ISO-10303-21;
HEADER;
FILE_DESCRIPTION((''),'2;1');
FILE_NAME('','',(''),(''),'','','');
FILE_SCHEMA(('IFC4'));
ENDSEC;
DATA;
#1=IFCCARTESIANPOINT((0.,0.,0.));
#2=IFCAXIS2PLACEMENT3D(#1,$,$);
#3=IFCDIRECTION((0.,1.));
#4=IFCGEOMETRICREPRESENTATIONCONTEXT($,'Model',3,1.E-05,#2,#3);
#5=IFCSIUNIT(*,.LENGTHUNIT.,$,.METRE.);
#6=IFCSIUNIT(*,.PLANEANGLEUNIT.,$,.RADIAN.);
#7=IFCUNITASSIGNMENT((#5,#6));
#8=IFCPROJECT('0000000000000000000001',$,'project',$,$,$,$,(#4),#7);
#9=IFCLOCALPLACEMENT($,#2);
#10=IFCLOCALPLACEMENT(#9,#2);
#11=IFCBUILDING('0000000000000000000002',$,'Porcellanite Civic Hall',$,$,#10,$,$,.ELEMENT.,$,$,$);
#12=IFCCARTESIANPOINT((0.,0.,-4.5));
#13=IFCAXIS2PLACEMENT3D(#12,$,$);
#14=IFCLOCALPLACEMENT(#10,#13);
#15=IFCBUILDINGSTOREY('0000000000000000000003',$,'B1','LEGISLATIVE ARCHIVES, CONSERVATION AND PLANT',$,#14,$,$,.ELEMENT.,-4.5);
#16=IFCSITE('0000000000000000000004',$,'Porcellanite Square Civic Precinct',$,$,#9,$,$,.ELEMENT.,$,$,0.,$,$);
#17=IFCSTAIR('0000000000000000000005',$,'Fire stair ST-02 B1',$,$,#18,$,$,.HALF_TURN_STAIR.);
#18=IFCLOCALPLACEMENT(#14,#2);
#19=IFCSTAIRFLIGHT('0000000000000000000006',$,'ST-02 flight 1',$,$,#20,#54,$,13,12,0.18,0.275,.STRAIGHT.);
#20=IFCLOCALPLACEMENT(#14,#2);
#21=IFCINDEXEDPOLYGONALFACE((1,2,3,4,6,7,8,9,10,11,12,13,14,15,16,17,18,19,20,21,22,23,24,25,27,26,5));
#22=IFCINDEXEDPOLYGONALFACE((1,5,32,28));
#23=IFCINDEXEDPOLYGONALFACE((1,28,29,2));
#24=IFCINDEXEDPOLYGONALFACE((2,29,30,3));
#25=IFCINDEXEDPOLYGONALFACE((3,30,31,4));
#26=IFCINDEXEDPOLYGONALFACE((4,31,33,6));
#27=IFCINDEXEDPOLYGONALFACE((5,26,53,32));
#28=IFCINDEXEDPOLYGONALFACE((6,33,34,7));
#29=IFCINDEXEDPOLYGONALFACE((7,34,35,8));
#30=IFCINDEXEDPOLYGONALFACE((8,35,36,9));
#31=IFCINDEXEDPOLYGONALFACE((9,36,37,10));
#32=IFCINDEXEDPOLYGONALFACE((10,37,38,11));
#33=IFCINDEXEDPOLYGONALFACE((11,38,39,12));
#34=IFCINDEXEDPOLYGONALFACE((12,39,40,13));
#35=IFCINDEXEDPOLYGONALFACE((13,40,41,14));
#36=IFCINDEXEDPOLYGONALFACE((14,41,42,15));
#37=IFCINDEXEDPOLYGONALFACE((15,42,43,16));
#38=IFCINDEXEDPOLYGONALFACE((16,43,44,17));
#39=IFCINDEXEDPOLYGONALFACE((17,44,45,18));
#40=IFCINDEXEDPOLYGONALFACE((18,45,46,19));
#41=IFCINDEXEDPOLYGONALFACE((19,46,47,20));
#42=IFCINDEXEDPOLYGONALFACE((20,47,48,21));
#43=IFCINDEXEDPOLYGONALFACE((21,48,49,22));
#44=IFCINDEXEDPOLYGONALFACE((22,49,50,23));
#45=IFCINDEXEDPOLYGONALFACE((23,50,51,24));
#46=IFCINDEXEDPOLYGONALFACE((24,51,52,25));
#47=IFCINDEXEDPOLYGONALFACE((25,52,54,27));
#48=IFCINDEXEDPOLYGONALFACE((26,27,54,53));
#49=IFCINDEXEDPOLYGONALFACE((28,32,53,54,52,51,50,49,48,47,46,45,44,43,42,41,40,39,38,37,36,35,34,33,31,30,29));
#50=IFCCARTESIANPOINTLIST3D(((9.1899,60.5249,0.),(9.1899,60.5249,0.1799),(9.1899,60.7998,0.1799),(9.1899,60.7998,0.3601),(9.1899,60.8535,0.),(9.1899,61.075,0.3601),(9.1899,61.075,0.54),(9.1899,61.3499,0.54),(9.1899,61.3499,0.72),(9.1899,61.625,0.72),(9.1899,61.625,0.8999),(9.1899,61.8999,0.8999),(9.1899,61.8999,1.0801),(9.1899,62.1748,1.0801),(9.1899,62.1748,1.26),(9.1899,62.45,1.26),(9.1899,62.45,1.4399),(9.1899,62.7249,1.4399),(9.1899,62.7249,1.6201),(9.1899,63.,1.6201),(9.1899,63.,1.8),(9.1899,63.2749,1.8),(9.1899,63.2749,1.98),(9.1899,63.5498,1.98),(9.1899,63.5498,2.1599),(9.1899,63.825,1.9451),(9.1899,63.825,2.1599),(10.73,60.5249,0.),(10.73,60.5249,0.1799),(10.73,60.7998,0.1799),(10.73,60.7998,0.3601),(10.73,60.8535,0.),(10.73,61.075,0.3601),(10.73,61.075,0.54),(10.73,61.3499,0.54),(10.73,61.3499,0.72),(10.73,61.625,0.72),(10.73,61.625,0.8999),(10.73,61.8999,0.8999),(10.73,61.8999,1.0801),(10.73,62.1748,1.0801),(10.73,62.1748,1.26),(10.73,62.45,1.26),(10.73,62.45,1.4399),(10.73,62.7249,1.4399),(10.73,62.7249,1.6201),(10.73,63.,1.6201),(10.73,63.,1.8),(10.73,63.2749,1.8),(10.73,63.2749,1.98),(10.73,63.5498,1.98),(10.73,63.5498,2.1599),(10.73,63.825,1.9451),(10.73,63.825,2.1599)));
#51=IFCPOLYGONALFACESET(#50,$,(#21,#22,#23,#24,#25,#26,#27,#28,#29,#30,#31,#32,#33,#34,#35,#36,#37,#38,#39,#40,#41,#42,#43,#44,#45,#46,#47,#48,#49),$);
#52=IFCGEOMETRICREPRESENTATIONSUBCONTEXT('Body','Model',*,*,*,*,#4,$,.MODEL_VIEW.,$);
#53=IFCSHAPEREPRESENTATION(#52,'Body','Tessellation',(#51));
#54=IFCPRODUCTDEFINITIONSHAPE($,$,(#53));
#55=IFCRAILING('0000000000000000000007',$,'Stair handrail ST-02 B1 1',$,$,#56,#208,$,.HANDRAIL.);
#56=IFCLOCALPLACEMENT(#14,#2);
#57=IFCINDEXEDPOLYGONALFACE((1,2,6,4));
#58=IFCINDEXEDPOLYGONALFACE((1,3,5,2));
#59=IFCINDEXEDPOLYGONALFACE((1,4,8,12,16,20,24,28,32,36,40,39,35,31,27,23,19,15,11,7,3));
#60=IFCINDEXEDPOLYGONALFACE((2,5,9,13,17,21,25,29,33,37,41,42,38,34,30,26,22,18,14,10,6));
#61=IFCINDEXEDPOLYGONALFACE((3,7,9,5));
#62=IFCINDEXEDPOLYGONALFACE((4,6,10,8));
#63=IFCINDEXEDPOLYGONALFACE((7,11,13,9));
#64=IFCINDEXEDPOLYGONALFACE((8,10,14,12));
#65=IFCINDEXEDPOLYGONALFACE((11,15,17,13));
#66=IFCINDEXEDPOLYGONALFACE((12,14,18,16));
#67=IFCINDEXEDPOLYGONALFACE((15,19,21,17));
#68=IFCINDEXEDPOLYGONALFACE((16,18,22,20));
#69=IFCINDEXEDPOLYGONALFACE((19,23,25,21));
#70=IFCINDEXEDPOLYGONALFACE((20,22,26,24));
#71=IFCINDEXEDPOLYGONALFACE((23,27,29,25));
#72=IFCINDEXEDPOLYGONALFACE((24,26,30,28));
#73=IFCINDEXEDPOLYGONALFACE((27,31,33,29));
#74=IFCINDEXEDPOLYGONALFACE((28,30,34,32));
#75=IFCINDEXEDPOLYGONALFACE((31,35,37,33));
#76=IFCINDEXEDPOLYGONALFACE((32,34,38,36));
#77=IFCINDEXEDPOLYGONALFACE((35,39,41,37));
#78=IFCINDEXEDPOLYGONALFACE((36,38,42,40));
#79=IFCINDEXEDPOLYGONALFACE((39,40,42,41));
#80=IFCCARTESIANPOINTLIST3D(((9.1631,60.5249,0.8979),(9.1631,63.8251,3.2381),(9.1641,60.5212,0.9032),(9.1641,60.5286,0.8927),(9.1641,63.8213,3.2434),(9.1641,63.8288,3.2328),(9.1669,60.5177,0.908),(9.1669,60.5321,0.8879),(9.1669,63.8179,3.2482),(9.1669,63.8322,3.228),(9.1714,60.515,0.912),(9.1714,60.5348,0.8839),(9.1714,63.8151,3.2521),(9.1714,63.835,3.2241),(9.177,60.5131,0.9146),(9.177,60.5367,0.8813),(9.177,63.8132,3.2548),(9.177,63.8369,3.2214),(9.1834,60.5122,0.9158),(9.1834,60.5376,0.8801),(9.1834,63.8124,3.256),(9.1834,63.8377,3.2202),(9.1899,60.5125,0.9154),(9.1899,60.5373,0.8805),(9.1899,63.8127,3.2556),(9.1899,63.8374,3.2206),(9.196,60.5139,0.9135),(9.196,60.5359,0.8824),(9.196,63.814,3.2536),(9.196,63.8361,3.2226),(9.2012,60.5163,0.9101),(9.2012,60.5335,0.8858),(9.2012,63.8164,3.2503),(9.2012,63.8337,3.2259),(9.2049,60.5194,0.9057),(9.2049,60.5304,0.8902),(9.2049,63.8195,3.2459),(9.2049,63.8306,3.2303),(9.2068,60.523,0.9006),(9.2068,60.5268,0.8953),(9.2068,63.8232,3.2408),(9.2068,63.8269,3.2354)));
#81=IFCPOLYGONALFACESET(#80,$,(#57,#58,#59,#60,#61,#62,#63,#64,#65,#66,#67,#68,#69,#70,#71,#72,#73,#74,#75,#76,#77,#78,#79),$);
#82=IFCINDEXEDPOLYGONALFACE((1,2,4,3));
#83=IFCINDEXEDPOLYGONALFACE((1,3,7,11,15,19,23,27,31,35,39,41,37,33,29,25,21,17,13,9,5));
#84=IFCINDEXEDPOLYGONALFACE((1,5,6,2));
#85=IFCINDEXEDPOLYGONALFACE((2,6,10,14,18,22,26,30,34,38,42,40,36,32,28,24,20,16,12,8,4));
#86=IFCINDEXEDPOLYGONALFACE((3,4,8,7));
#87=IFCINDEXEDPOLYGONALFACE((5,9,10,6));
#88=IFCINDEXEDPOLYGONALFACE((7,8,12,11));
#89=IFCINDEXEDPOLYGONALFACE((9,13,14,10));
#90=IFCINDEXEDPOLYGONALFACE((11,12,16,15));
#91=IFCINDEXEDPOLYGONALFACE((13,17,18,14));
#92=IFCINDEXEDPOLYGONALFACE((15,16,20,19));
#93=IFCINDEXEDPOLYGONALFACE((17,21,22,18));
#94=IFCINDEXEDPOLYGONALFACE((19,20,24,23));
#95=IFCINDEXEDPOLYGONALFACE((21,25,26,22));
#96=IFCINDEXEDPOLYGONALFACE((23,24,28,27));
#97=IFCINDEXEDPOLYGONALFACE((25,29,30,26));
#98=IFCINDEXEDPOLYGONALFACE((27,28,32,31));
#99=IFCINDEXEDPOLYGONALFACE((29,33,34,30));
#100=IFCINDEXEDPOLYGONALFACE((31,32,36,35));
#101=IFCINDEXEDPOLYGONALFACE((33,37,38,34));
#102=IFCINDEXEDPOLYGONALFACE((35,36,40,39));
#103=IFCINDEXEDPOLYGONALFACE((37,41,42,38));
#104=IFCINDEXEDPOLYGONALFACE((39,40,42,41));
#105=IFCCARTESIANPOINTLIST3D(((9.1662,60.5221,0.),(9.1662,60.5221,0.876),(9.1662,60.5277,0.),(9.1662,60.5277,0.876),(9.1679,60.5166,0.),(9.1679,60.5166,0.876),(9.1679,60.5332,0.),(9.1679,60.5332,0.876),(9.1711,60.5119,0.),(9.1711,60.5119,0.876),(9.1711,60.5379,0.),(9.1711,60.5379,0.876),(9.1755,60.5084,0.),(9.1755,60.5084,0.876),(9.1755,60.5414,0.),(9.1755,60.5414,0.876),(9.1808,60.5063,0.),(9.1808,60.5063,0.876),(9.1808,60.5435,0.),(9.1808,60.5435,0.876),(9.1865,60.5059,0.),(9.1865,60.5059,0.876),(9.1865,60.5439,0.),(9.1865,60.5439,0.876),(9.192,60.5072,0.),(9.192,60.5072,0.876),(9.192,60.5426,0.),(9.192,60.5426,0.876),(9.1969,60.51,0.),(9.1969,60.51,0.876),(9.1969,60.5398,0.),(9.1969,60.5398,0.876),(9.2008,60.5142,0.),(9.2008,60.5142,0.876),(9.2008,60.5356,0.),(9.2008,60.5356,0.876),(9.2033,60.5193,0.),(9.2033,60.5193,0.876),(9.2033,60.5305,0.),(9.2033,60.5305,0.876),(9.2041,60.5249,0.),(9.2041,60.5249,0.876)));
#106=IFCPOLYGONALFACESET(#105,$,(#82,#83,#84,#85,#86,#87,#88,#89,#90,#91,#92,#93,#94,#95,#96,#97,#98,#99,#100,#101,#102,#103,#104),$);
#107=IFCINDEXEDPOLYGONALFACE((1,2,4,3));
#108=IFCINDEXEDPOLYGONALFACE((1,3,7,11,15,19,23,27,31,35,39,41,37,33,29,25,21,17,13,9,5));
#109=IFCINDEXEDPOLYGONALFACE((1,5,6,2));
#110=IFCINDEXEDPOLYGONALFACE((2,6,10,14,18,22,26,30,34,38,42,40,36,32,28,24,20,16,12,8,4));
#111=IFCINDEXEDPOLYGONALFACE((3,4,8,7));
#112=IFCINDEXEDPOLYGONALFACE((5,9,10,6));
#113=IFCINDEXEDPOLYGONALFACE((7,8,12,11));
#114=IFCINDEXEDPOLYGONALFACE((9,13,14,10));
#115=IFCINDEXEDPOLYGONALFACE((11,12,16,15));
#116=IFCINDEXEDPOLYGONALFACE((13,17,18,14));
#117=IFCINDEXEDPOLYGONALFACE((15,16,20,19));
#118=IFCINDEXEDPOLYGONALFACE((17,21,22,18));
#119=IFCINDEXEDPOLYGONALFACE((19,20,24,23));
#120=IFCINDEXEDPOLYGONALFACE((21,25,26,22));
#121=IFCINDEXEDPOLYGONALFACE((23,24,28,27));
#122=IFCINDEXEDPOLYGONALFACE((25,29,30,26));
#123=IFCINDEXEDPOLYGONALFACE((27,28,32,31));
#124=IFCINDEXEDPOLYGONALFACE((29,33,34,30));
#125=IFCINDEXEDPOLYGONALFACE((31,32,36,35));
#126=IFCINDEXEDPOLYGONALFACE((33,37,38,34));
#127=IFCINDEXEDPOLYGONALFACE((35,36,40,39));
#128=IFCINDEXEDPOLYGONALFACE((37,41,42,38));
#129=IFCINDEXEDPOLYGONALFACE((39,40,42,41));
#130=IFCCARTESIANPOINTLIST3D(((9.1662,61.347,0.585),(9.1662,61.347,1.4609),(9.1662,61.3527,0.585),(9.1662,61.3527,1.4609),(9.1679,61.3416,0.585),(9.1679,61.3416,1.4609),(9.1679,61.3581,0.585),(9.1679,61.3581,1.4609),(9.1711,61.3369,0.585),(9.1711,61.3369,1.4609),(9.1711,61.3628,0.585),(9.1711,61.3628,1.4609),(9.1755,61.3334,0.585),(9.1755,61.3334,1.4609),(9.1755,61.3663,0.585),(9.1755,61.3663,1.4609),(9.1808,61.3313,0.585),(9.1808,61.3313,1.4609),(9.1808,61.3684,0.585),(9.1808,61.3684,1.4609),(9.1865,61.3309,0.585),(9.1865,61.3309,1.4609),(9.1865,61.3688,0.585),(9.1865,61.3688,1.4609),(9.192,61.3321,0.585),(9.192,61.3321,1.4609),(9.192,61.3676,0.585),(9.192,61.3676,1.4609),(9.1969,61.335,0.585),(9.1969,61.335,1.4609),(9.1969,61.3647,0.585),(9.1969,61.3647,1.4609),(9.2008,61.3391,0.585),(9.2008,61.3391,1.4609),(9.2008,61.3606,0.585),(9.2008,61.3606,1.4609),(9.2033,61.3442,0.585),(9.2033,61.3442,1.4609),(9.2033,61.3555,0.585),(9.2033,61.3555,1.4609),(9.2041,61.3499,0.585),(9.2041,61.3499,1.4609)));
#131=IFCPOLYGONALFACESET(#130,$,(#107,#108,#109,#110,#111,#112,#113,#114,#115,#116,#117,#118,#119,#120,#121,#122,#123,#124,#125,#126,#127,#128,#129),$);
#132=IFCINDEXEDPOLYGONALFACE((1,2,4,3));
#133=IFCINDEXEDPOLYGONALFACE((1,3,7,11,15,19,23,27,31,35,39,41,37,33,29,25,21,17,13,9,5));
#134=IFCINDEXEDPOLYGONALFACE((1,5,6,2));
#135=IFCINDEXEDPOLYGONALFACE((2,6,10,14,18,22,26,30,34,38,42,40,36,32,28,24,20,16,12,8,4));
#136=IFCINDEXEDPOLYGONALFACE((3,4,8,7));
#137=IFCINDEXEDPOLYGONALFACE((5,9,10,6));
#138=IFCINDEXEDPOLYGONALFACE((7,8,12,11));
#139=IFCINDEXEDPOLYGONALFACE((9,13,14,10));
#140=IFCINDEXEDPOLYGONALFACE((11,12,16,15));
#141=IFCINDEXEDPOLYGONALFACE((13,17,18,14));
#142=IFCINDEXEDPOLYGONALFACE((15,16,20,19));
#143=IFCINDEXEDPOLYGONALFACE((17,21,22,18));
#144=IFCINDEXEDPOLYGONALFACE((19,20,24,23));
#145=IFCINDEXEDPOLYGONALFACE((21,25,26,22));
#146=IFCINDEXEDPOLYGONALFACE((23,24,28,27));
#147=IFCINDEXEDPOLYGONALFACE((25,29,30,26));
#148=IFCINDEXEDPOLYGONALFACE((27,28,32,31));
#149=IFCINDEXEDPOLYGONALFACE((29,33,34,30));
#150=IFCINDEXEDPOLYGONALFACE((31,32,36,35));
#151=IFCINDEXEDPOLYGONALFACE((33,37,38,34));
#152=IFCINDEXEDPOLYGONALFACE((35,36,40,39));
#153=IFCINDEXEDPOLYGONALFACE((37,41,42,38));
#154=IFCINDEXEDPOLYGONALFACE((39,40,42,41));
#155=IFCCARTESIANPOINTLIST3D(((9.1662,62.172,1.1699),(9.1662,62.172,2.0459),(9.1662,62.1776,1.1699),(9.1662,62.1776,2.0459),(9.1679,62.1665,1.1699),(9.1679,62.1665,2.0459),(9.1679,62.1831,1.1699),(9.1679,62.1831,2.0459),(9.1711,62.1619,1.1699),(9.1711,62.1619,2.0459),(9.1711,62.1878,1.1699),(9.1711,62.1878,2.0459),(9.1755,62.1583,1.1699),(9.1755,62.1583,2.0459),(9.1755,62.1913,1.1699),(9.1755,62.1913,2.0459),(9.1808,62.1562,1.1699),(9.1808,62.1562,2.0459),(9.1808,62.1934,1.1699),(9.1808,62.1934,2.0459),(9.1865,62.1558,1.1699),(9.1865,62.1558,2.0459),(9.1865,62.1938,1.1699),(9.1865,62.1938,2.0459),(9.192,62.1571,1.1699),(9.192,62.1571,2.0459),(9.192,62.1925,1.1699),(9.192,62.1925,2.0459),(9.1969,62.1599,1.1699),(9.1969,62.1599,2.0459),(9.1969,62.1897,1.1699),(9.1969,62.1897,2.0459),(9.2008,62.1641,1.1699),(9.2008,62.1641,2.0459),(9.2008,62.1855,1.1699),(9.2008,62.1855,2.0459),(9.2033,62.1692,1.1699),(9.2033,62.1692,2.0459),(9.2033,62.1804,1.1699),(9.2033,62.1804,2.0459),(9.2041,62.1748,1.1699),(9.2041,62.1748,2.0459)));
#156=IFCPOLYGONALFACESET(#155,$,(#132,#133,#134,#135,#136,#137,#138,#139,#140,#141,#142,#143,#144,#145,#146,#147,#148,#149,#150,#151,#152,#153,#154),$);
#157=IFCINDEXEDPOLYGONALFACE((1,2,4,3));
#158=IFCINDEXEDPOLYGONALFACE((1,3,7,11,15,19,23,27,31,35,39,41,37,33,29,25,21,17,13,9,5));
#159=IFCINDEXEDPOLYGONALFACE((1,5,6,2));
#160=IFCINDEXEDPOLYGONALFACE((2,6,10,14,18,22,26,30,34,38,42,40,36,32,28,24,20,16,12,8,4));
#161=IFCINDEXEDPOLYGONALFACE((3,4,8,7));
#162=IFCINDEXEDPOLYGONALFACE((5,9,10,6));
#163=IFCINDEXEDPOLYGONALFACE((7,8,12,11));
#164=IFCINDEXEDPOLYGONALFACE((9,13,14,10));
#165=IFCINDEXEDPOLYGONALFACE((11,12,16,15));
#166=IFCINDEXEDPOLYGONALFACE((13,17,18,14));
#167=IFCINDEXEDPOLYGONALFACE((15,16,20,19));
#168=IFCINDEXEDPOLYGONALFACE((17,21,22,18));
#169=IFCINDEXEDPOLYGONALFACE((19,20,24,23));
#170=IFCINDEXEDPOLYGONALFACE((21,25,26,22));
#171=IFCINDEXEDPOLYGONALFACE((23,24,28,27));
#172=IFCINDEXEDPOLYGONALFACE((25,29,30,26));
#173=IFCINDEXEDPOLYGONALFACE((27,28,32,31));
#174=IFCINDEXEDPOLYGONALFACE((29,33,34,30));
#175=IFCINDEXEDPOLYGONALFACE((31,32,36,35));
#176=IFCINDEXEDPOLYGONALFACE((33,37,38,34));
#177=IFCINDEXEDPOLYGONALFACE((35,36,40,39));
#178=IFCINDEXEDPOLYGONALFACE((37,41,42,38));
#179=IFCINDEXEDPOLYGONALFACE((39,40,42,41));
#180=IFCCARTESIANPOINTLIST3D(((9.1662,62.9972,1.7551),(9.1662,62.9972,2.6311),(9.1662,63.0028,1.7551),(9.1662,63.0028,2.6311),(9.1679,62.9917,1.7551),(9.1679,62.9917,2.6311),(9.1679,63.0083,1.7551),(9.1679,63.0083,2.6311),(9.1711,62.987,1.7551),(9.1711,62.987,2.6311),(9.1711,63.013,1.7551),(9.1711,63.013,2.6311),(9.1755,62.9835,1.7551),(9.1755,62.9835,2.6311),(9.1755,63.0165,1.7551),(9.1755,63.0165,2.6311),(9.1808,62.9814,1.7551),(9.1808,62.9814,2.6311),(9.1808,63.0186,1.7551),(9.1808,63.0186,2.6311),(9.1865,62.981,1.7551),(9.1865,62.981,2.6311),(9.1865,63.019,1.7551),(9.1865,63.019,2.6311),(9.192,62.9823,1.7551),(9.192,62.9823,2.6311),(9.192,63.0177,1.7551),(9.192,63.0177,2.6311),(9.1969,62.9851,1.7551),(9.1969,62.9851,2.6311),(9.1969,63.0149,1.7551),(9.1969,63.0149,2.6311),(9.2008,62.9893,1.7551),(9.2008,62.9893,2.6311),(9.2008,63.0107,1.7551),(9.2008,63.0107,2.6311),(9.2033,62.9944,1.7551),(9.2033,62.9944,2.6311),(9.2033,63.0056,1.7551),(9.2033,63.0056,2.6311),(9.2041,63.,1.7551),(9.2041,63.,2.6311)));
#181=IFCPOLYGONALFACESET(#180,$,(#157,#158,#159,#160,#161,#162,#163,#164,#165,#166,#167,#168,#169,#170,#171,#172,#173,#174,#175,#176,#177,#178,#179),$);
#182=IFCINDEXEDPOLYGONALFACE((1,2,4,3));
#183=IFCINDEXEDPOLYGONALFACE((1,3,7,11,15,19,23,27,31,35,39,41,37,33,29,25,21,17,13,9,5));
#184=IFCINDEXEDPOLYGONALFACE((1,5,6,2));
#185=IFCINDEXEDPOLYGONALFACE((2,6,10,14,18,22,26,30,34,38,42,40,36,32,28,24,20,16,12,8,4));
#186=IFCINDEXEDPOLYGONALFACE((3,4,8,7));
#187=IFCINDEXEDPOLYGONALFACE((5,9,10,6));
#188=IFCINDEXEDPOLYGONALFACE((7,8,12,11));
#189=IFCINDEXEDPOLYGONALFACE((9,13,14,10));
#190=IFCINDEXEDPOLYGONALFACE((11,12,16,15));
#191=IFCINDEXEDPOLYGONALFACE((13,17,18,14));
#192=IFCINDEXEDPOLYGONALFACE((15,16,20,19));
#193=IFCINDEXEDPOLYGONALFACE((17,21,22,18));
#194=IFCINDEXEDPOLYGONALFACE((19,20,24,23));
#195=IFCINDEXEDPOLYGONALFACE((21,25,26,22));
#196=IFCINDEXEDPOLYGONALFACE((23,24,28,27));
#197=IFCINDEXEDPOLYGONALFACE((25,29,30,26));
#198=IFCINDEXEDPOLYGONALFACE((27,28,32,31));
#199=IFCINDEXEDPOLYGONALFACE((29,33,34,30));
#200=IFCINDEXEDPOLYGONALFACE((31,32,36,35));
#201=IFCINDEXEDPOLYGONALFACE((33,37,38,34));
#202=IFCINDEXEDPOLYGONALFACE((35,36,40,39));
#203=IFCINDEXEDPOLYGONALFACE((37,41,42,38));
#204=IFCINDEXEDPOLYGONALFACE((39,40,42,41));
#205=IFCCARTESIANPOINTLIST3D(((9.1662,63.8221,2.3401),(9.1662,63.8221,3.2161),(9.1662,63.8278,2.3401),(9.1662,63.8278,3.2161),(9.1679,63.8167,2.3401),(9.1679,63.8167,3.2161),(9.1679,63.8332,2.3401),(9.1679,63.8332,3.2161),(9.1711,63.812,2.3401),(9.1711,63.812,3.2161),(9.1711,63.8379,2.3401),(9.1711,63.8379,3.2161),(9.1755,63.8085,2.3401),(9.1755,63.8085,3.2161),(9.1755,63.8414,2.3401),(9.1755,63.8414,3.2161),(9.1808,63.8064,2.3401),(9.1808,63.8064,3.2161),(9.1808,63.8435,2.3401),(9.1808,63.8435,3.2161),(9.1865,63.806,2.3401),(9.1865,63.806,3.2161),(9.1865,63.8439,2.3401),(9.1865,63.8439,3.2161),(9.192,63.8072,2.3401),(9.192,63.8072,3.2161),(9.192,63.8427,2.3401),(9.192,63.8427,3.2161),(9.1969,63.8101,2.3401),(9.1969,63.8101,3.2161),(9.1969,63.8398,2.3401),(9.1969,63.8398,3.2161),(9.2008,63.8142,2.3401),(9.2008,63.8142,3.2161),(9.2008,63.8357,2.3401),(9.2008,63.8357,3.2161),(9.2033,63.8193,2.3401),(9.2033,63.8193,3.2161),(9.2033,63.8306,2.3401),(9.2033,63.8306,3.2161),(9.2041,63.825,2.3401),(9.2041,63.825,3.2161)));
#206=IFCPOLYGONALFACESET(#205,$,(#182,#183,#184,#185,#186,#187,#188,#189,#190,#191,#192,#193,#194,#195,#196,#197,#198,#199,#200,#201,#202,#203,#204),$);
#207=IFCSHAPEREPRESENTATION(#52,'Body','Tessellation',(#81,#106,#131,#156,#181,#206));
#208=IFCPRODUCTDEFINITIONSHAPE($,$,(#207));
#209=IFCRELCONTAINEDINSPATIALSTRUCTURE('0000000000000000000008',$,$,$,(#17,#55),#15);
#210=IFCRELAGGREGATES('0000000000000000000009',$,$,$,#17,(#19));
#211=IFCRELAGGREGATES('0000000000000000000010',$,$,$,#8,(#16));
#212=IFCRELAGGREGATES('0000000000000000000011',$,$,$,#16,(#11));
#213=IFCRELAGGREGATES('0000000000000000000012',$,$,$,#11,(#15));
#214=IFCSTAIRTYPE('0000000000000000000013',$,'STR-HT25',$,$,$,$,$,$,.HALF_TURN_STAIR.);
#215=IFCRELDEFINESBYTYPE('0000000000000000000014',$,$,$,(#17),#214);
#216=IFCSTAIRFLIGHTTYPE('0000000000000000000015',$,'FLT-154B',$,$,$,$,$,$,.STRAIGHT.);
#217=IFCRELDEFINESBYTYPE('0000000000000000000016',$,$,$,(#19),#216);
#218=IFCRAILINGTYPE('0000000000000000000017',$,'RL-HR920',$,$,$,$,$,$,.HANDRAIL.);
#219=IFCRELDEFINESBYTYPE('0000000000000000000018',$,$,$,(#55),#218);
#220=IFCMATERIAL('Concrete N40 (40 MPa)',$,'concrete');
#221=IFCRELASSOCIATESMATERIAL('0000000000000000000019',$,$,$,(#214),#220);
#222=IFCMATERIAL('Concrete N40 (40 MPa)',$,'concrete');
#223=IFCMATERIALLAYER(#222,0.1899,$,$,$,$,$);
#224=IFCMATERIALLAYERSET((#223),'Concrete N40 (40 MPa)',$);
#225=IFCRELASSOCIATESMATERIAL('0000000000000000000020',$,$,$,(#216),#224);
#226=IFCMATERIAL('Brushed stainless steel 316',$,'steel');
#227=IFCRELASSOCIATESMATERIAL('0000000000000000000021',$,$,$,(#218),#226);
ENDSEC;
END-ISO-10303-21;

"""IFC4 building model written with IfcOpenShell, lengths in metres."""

from ifc_helpers import new_model, si_unit, direction, frame, origin, origin_2d, place, context, subcontext, project, spatial, polyline, circle, outline, extrude, material, layer, layer_set, type_object, element, aggregate, save


model = new_model("IFC4")

# Units and contexts
model_context = context("Model", 3, precision=1e-05, world=origin(), true_north=direction((0.0, 1.0)))
body_context = subcontext(model_context, "Body", "Model", "MODEL_VIEW")
ifc_project = project(units=[si_unit("LENGTHUNIT", "METRE"), si_unit("PLANEANGLEUNIT", "RADIAN")], contexts=[model_context])

# Site, building, storey
site_placement = place(None, origin())
site = spatial("IfcSite", under=ifc_project, at=site_placement, Name="Porcellanite Square Civic Precinct", CompositionType="ELEMENT", RefElevation=0.0)
building_placement = place(site_placement, origin())
building = spatial("IfcBuilding", under=site, at=building_placement, Name="Porcellanite Civic Hall", CompositionType="ELEMENT")
storey_placement = place(building_placement, frame((0.0, 0.0, -4.5)))
storey = spatial("IfcBuildingStorey", under=building, at=storey_placement, Name="B1", Description="LEGISLATIVE ARCHIVES, CONSERVATION AND PLANT", CompositionType="ELEMENT", Elevation=-4.5)

# Stair, stair flight
ifc_material_1 = material(Name="Concrete N40 (40 MPa)", Category="concrete")
stair_type = type_object("IfcStairType", Name="STR-HT25", PredefinedType="HALF_TURN_STAIR", material=ifc_material_1)
stair_placement = place(storey_placement, origin())
stair = element("IfcStair", 1, at=stair_placement, inside=storey, type_object=stair_type, Name="Fire stair ST-02 B1", PredefinedType="HALF_TURN_STAIR")
ifc_material_2 = material(Name="Concrete N40 (40 MPa)", Category="concrete")
ifc_layer_1 = layer(ifc_material_2, 0.1899)
ifc_layer_set_1 = layer_set([ifc_layer_1], Name="Concrete N40 (40 MPa)")
stair_flight_type = type_object("IfcStairFlightType", Name="FLT-154B", PredefinedType="STRAIGHT", material=ifc_layer_set_1)
stair_flight_placement = place(storey_placement, frame((9.96, 60.5249, 0.0), z_axis=(0.0, 0.0, 1.0), x_axis=(0.0, 1.0, 0.0)))
stair_flight = element("IfcStairFlight", 2, at=stair_flight_placement, type_object=stair_flight_type, Name="ST-02 flight 1", NumberOfRisers=13, NumberOfTreads=12, PredefinedType="STRAIGHT", RiserHeight=0.18, TreadLength=0.275, context=body_context, shape_type="SweptSolid", body=[
    extrude(outline(polyline([(0.0, 0.0), (0.0, 0.1799), (0.2749, 0.1799), (0.2749, 0.3601), (0.55, 0.3601), (0.55, 0.54), (0.825, 0.54), (0.825, 0.72), (1.1001, 0.72), (1.1001, 0.8999), (1.375, 0.8999), (1.375, 1.0801), (1.6499, 1.0801), (1.6499, 1.26), (1.925, 1.26), (1.925, 1.4399), (2.2, 1.4399), (2.2, 1.6201), (2.4751, 1.6201), (2.4751, 1.8), (2.75, 1.8), (2.75, 1.98), (3.0249, 1.98), (3.0249, 2.1599), (3.3, 2.1599), (3.3, 2.3401), (3.3, 1.9451), (0.3286, 0.0), (0.0, 0.0)])), frame((0.0, 0.77, 0.0), z_axis=(0.0, -1.0, 0.0), x_axis=(1.0, 0.0, 0.0)), (0.0, 0.0, 1.0), 1.54),
])
aggregate(stair, [stair_flight])

# Railing
ifc_material_3 = material(Name="Brushed stainless steel 316", Category="steel")
railing_type_1 = type_object("IfcRailingType", Name="RL-HR920", PredefinedType="HANDRAIL", material=ifc_material_3)
railing_1_placement = place(storey_placement, frame((9.1851, 60.5249, 0.0)))
element("IfcRailing", 3, at=railing_1_placement, inside=storey, type_object=railing_type_1, Name="Stair handrail ST-02 B1 1", PredefinedType="HANDRAIL", context=body_context, shape_type="SweptSolid", body=[
    extrude(circle(Radius=0.022, at=origin_2d()), frame((0.0, 0.0, 0.8979), z_axis=(0.0, 0.815727, 0.578438), x_axis=(-1.0, 0.0, 0.0)), (0.0, 0.0, 1.0), 4.0457),
    extrude(circle(Radius=0.019, at=origin_2d()), origin(), (0.0, 0.0, 1.0), 0.876),
    extrude(circle(Radius=0.019, at=origin_2d()), frame((0.0, 0.825, 0.585)), (0.0, 0.0, 1.0), 0.876),
    extrude(circle(Radius=0.019, at=origin_2d()), frame((0.0, 1.6499, 1.1699)), (0.0, 0.0, 1.0), 0.876),
    extrude(circle(Radius=0.019, at=origin_2d()), frame((0.0, 2.4751, 1.7551)), (0.0, 0.0, 1.0), 0.876),
    extrude(circle(Radius=0.019, at=origin_2d()), frame((0.0, 3.3, 2.3401)), (0.0, 0.0, 1.0), 0.876),
])

save(model, "model.ifc")
